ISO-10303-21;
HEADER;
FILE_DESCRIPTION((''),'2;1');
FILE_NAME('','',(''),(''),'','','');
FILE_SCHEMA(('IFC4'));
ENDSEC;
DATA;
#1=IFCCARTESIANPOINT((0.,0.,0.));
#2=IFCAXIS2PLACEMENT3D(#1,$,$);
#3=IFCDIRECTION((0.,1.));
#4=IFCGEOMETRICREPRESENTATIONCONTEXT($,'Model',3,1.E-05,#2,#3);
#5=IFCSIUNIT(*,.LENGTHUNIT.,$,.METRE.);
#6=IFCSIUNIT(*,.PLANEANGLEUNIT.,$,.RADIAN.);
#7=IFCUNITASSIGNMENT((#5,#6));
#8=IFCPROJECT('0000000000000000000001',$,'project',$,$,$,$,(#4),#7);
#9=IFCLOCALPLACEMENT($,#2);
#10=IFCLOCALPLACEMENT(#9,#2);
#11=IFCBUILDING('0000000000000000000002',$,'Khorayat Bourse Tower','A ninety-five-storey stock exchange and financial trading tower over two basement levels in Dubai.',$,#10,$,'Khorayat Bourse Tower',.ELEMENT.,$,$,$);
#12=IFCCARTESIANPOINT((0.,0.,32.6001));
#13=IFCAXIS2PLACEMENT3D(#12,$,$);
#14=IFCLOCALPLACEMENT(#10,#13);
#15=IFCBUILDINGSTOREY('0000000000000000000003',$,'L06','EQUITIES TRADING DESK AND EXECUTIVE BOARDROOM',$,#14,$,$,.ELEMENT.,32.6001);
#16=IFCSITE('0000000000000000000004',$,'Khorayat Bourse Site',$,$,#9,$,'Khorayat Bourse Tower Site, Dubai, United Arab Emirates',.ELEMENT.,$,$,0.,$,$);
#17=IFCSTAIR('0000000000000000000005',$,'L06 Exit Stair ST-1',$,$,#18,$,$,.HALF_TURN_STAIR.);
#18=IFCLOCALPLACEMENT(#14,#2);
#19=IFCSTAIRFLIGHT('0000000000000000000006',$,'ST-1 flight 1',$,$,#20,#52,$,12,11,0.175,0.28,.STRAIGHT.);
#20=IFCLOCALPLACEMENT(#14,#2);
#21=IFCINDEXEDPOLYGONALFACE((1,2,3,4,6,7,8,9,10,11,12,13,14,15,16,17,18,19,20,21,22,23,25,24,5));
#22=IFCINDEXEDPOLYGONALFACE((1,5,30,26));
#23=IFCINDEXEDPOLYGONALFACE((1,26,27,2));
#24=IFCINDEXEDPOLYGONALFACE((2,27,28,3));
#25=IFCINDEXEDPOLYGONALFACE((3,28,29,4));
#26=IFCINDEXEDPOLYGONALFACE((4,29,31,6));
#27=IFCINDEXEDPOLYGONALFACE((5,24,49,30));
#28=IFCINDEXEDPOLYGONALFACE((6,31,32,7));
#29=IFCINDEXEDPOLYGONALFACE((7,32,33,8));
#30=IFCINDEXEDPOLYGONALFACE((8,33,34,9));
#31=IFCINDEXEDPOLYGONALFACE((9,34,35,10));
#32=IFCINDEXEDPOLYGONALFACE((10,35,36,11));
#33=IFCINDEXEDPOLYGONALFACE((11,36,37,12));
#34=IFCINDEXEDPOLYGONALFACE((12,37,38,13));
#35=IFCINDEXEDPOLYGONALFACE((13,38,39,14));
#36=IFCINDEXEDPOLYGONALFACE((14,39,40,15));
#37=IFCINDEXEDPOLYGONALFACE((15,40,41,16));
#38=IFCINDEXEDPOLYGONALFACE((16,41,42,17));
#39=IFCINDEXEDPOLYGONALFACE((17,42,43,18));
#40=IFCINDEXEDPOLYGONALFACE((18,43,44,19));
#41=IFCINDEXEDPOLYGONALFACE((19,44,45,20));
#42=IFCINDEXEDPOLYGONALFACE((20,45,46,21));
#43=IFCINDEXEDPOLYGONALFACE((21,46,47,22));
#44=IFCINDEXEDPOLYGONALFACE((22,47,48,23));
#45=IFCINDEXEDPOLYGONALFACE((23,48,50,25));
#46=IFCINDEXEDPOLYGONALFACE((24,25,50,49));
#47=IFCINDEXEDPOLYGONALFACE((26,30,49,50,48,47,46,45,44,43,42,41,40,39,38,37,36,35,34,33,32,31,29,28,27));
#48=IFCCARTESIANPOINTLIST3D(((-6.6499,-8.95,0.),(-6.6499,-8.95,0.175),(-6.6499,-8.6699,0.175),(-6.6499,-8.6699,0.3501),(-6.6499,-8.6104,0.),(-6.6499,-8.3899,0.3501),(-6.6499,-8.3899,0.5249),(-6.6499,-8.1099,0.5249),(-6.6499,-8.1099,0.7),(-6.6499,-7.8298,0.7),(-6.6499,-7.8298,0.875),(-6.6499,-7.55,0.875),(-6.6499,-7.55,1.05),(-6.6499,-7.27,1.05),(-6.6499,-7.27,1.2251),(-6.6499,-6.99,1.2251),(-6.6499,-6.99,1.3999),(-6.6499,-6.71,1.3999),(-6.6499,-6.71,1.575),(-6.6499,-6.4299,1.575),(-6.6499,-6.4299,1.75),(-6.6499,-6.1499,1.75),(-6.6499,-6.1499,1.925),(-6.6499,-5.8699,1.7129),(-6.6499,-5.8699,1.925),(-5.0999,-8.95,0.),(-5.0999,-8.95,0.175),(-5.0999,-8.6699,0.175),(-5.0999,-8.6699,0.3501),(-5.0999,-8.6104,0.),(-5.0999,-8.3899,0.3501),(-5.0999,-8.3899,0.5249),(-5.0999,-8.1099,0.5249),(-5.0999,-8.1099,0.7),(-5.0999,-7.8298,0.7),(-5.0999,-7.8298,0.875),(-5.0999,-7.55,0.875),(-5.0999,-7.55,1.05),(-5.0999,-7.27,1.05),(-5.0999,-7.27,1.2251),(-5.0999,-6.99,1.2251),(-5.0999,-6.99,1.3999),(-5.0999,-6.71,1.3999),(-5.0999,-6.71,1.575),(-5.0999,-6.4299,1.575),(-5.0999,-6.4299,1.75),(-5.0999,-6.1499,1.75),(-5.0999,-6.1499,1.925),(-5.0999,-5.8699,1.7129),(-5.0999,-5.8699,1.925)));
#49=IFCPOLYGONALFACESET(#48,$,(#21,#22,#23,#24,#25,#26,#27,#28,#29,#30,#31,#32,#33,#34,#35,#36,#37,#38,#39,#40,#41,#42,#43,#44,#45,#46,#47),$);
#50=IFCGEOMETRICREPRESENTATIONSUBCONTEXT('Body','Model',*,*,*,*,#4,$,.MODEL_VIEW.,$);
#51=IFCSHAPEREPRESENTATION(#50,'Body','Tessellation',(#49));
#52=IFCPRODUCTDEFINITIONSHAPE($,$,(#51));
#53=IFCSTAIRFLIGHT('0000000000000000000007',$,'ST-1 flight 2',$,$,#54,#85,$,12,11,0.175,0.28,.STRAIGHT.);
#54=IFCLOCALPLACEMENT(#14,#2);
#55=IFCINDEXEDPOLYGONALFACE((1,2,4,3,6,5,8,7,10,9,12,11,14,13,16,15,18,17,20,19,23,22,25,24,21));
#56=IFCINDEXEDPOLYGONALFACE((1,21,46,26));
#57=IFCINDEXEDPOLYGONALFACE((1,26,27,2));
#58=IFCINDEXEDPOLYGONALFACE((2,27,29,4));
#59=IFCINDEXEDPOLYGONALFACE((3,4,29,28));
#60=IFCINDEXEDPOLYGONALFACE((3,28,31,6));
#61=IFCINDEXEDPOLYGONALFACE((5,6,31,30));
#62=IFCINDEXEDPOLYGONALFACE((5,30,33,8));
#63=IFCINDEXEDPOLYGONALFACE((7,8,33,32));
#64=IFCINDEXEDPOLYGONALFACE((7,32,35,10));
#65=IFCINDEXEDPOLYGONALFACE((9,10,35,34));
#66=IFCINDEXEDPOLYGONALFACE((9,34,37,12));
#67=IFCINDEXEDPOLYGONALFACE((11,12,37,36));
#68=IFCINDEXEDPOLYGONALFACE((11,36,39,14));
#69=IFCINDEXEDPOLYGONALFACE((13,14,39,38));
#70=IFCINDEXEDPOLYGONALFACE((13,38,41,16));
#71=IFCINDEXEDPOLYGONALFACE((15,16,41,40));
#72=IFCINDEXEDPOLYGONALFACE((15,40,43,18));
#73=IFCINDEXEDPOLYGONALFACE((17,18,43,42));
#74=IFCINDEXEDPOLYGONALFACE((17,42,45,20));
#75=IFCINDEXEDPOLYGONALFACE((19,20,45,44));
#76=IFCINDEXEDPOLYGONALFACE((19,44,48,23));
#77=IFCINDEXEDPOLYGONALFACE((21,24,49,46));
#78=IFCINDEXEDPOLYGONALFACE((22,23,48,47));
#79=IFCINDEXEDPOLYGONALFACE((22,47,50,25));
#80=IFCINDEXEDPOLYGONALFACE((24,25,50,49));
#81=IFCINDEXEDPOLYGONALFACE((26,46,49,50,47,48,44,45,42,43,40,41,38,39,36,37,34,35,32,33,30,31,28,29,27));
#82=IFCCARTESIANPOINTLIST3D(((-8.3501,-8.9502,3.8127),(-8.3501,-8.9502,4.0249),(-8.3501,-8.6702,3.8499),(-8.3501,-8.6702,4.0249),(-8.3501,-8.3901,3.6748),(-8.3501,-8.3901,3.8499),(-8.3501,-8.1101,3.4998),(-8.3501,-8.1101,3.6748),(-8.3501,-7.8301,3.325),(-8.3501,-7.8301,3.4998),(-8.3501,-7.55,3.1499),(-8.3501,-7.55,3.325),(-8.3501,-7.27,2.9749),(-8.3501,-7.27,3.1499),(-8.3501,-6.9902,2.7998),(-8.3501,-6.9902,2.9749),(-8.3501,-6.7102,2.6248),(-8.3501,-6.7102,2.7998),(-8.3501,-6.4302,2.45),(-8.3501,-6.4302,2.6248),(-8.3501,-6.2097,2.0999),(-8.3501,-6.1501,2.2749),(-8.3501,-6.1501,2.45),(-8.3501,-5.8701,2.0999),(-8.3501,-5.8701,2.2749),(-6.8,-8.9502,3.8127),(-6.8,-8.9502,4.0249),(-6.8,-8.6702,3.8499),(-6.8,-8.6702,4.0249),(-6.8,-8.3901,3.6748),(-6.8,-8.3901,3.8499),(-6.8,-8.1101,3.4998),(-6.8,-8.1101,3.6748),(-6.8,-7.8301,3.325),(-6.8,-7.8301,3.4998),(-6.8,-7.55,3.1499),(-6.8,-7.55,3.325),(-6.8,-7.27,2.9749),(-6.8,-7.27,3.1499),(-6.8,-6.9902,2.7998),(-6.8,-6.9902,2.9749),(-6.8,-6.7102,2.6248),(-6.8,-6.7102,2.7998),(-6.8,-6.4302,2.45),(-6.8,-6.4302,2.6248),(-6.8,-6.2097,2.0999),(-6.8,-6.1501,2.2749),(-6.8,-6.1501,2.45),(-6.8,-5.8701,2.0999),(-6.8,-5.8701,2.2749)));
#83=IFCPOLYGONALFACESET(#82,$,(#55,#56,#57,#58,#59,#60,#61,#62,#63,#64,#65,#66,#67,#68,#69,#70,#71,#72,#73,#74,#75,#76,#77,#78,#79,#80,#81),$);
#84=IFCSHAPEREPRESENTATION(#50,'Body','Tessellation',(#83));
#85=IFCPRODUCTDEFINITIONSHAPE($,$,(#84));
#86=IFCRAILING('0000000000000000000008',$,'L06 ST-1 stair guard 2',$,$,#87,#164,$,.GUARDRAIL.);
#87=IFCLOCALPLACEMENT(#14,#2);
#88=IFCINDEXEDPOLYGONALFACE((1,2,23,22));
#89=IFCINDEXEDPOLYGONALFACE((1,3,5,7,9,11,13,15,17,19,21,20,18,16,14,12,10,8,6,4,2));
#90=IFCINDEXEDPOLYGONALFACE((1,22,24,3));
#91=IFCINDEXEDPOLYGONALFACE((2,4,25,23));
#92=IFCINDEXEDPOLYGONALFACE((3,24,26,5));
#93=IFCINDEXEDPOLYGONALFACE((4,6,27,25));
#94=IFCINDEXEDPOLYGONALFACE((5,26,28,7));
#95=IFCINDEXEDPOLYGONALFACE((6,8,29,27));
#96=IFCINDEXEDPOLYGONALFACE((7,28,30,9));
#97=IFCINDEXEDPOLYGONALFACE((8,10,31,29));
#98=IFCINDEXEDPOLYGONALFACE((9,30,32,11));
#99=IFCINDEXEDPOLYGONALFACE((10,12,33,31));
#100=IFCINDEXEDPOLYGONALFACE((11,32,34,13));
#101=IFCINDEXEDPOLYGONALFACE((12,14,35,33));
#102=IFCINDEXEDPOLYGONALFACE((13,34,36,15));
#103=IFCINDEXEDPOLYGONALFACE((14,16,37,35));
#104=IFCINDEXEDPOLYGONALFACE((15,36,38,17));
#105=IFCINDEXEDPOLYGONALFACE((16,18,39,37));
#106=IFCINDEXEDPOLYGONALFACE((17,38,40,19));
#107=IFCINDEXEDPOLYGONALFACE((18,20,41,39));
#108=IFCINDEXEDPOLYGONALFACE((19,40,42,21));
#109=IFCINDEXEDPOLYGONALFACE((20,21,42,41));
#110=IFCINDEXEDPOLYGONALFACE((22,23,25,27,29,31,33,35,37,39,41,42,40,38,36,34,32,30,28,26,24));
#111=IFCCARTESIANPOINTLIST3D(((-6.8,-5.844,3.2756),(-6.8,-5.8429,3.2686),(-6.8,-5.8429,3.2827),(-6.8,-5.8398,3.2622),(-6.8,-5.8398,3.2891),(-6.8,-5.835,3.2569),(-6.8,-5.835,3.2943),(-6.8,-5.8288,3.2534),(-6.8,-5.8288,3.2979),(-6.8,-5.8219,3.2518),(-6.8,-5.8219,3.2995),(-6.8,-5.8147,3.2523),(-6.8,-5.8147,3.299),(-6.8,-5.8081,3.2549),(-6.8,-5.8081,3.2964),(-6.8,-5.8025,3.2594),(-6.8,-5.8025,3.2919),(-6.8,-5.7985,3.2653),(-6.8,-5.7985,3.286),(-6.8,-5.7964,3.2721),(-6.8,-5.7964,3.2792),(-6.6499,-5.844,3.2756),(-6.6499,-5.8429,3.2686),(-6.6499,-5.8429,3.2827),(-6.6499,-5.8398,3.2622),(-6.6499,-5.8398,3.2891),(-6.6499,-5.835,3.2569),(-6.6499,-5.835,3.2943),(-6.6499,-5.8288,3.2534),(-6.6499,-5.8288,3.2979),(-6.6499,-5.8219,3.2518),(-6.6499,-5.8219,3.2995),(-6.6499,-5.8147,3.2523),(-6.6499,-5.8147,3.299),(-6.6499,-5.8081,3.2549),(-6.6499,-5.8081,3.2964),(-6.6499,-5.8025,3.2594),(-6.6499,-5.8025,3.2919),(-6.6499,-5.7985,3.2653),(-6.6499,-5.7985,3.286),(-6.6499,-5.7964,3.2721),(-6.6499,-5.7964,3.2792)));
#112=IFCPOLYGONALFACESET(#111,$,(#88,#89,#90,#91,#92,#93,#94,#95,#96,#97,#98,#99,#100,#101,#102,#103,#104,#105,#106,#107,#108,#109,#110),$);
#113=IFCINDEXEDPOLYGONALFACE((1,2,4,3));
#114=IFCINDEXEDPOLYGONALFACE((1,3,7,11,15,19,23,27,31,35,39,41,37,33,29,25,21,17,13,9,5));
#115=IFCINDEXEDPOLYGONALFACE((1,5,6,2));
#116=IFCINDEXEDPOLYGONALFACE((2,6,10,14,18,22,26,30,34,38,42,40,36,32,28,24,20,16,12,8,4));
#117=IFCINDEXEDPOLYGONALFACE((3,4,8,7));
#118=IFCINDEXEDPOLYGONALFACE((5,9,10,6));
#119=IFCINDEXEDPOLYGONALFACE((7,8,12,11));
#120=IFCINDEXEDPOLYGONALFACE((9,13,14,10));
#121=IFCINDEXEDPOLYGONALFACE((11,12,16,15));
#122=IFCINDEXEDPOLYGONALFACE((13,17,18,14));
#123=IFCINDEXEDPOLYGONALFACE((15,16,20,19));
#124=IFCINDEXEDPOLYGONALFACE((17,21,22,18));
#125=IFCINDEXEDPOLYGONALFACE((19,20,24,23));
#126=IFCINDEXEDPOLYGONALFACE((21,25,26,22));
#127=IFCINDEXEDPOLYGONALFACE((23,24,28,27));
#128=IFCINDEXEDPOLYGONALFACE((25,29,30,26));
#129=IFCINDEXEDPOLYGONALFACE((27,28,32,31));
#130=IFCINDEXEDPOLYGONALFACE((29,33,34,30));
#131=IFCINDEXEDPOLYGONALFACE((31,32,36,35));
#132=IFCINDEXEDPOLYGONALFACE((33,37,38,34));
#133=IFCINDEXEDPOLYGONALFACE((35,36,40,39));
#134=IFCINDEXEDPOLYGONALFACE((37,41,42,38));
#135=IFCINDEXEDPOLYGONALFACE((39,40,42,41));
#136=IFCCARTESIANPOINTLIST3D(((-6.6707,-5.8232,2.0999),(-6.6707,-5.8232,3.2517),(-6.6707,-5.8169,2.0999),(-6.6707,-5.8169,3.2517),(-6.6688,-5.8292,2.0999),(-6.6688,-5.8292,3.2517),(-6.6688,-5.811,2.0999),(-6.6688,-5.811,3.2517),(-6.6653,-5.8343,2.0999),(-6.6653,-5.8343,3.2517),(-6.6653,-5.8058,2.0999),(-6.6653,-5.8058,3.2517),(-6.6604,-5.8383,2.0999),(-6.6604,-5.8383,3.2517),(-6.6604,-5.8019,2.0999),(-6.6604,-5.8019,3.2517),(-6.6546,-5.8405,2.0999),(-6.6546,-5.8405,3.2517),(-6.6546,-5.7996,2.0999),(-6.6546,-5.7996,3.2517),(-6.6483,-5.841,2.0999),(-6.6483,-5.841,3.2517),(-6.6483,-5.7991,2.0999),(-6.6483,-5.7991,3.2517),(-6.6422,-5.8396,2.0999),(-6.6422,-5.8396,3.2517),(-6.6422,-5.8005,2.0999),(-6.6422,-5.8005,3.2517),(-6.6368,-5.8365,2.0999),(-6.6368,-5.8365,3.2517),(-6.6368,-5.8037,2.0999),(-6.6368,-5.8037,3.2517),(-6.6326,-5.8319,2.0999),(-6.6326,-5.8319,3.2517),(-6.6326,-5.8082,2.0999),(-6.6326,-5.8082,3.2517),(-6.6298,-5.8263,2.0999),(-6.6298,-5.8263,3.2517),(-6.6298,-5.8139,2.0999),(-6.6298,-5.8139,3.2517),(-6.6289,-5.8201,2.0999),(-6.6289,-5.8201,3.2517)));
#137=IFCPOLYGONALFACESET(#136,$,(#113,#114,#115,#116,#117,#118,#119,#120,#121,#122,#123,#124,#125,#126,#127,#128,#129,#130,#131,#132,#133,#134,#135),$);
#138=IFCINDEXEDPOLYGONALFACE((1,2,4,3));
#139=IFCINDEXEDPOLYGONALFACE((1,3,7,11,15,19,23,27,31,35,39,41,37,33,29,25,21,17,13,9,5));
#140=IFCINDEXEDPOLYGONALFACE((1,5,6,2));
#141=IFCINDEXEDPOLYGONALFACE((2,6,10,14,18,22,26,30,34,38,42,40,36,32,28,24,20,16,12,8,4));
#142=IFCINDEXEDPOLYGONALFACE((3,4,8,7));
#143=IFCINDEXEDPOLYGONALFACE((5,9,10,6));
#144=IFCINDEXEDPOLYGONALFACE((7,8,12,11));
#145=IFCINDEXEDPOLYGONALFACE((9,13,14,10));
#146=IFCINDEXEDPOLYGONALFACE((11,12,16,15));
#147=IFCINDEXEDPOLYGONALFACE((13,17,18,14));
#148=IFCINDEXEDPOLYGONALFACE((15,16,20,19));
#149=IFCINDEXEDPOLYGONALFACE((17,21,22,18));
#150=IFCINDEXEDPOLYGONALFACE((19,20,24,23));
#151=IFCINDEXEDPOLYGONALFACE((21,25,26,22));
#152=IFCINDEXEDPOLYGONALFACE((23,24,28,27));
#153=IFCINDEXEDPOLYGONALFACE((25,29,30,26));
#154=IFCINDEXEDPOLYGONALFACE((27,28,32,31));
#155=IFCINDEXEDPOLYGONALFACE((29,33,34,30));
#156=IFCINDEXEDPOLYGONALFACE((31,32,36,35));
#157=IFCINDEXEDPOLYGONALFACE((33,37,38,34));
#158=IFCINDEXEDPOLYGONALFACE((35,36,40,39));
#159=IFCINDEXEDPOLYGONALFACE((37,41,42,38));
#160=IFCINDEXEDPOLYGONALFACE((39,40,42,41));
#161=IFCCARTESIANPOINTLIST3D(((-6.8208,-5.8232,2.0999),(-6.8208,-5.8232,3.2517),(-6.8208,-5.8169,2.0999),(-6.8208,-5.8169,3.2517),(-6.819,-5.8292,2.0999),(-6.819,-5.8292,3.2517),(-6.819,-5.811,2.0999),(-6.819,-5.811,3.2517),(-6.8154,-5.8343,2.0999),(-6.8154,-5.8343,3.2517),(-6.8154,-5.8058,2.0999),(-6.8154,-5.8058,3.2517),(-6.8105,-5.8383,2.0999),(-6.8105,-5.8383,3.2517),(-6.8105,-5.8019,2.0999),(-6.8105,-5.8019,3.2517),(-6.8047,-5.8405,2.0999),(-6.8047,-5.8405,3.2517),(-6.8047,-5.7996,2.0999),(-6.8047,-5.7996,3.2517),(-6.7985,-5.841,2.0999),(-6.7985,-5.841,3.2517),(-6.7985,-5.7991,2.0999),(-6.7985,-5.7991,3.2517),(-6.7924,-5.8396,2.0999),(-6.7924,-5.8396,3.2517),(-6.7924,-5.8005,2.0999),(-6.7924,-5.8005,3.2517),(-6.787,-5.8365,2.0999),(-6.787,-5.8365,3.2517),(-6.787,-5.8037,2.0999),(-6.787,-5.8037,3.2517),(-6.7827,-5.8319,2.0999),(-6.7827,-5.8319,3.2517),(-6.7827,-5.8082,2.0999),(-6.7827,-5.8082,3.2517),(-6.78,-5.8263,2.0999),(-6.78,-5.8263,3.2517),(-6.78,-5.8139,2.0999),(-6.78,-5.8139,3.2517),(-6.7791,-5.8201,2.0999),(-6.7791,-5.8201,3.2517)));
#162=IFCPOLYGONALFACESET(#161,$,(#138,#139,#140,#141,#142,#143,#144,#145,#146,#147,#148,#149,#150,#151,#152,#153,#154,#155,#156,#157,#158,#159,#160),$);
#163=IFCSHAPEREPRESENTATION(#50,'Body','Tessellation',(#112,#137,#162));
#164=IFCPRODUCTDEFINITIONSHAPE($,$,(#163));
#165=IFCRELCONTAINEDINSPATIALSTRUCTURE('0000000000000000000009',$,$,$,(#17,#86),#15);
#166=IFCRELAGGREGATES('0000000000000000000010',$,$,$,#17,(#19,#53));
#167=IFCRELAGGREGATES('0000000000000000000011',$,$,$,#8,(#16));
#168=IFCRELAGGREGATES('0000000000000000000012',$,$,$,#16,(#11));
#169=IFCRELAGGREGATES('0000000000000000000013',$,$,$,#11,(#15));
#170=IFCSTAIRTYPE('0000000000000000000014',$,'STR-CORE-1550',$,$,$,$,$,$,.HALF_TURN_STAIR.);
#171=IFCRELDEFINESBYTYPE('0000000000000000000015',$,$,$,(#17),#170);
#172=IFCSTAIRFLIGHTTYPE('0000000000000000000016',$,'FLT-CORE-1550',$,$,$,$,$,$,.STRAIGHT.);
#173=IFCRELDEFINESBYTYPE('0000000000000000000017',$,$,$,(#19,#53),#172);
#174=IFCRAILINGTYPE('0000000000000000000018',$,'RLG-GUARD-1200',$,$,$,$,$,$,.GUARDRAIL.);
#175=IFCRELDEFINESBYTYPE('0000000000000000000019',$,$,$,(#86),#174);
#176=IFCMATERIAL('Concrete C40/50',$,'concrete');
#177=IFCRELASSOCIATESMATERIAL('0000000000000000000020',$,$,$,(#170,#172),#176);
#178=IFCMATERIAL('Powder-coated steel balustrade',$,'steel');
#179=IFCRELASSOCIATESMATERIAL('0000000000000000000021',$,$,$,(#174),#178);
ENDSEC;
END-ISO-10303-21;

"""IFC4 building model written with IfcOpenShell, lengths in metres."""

from ifc_helpers import new_model, si_unit, direction, frame, origin, origin_2d, place, context, subcontext, project, spatial, polyline, circle, outline, extrude, source, transform, mapped, material, type_object, element, aggregate, save


model = new_model("IFC4")

# Units and contexts
model_context = context("Model", 3, precision=1e-05, world=origin(), true_north=direction((0.0, 1.0)))
body_context = subcontext(model_context, "Body", "Model", "MODEL_VIEW")
ifc_project = project(units=[si_unit("LENGTHUNIT", "METRE"), si_unit("PLANEANGLEUNIT", "RADIAN")], contexts=[model_context])

# Site, building, storey
site_placement = place(None, origin())
site = spatial("IfcSite", under=ifc_project, at=site_placement, Name="Khorayat Bourse Site", LongName="Khorayat Bourse Tower Site, Dubai, United Arab Emirates", CompositionType="ELEMENT", RefElevation=0.0)
building_placement = place(site_placement, origin())
building = spatial("IfcBuilding", under=site, at=building_placement, Name="Khorayat Bourse Tower", Description="A ninety-five-storey stock exchange and financial trading tower over two basement levels in Dubai.", LongName="Khorayat Bourse Tower", CompositionType="ELEMENT")
storey_placement = place(building_placement, frame((0.0, 0.0, 32.6001)))
storey = spatial("IfcBuildingStorey", under=building, at=storey_placement, Name="L06", Description="EQUITIES TRADING DESK AND EXECUTIVE BOARDROOM", CompositionType="ELEMENT", Elevation=32.6001)

# Stair, stair flights
ifc_material_1 = material(Name="Concrete C40/50", Category="concrete")
stair_type = type_object("IfcStairType", Name="STR-CORE-1550", PredefinedType="HALF_TURN_STAIR", material=ifc_material_1)
stair_placement = place(storey_placement, origin())
stair = element("IfcStair", 1, at=stair_placement, inside=storey, type_object=stair_type, Name="L06 Exit Stair ST-1", PredefinedType="HALF_TURN_STAIR")
stair_flight_type = type_object("IfcStairFlightType", Name="FLT-CORE-1550", PredefinedType="STRAIGHT", material=ifc_material_1)
shared_shape_1 = source(origin(), body_context, "Body", "SweptSolid", [
    extrude(outline(polyline([(0.0, 0.0), (0.0, 0.175), (0.28, 0.175), (0.28, 0.3501), (0.5601, 0.3501), (0.5601, 0.5249), (0.8401, 0.5249), (0.8401, 0.7), (1.1201, 0.7), (1.1201, 0.875), (1.3999, 0.875), (1.3999, 1.05), (1.6799, 1.05), (1.6799, 1.2251), (1.96, 1.2251), (1.96, 1.3999), (2.24, 1.3999), (2.24, 1.575), (2.52, 1.575), (2.52, 1.75), (2.8, 1.75), (2.8, 1.925), (3.0801, 1.925), (3.0801, 2.1001), (3.0801, 1.7129), (0.3396, 0.0), (0.0, 0.0)])), frame((0.0, 0.7749, 0.0), z_axis=(0.0, -1.0, 0.0), x_axis=(1.0, 0.0, 0.0)), (0.0, 0.0, 1.0), 1.55),
])
stair_flight_1_placement = place(storey_placement, frame((-5.875, -8.95, 0.0), z_axis=(0.0, 0.0, 1.0), x_axis=(0.0, 1.0, 0.0)))
stair_flight_1 = element("IfcStairFlight", 2, at=stair_flight_1_placement, type_object=stair_flight_type, Name="ST-1 flight 1", NumberOfRisers=12, NumberOfTreads=11, PredefinedType="STRAIGHT", RiserHeight=0.175, TreadLength=0.28, context=body_context, shape_type="MappedRepresentation", body=[
    mapped(shared_shape_1, transform((0.0, 0.0, 0.0), scale=1.0)),
])
stair_flight_2_placement = place(storey_placement, frame((-7.575, -5.8701, 2.0999), z_axis=(0.0, 0.0, 1.0), x_axis=(0.0, -1.0, 0.0)))
stair_flight_2 = element("IfcStairFlight", 3, at=stair_flight_2_placement, type_object=stair_flight_type, Name="ST-1 flight 2", NumberOfRisers=12, NumberOfTreads=11, PredefinedType="STRAIGHT", RiserHeight=0.175, TreadLength=0.28, context=body_context, shape_type="MappedRepresentation", body=[
    mapped(shared_shape_1, transform((0.0, 0.0, 0.0), scale=1.0)),
])
aggregate(stair, [stair_flight_1, stair_flight_2])

# Railing
ifc_material_2 = material(Name="Powder-coated steel balustrade", Category="steel")
railing_type_1 = type_object("IfcRailingType", Name="RLG-GUARD-1200", PredefinedType="GUARDRAIL", material=ifc_material_2)
shared_shape_2 = source(origin(), body_context, "Body", "SweptSolid", [
    extrude(circle(Radius=0.0239, at=origin_2d()), frame((0.0, 0.0, 1.1758), z_axis=(-1.0, 0.0, 0.0), x_axis=(0.0, -1.0, 0.0)), (0.0, 0.0, 1.0), 0.1501),
    extrude(circle(Radius=0.021, at=origin_2d()), origin(), (0.0, 0.0, 1.0), 1.1519),
    extrude(circle(Radius=0.021, at=origin_2d()), frame((-0.1501, 0.0, 0.0)), (0.0, 0.0, 1.0), 1.1519),
])
for number, where, name in (
    (4, (-6.6499, -5.8201, 2.0999), "L06 ST-1 stair guard 2"),
):
    element("IfcRailing", number, at=place(storey_placement, frame(where)), inside=storey, type_object=railing_type_1, Name=name, PredefinedType="GUARDRAIL", context=body_context, shape_type="MappedRepresentation", body=[
        mapped(shared_shape_2, transform((0.0, 0.0, 0.0), scale=1.0)),
    ])

save(model, "model.ifc")
